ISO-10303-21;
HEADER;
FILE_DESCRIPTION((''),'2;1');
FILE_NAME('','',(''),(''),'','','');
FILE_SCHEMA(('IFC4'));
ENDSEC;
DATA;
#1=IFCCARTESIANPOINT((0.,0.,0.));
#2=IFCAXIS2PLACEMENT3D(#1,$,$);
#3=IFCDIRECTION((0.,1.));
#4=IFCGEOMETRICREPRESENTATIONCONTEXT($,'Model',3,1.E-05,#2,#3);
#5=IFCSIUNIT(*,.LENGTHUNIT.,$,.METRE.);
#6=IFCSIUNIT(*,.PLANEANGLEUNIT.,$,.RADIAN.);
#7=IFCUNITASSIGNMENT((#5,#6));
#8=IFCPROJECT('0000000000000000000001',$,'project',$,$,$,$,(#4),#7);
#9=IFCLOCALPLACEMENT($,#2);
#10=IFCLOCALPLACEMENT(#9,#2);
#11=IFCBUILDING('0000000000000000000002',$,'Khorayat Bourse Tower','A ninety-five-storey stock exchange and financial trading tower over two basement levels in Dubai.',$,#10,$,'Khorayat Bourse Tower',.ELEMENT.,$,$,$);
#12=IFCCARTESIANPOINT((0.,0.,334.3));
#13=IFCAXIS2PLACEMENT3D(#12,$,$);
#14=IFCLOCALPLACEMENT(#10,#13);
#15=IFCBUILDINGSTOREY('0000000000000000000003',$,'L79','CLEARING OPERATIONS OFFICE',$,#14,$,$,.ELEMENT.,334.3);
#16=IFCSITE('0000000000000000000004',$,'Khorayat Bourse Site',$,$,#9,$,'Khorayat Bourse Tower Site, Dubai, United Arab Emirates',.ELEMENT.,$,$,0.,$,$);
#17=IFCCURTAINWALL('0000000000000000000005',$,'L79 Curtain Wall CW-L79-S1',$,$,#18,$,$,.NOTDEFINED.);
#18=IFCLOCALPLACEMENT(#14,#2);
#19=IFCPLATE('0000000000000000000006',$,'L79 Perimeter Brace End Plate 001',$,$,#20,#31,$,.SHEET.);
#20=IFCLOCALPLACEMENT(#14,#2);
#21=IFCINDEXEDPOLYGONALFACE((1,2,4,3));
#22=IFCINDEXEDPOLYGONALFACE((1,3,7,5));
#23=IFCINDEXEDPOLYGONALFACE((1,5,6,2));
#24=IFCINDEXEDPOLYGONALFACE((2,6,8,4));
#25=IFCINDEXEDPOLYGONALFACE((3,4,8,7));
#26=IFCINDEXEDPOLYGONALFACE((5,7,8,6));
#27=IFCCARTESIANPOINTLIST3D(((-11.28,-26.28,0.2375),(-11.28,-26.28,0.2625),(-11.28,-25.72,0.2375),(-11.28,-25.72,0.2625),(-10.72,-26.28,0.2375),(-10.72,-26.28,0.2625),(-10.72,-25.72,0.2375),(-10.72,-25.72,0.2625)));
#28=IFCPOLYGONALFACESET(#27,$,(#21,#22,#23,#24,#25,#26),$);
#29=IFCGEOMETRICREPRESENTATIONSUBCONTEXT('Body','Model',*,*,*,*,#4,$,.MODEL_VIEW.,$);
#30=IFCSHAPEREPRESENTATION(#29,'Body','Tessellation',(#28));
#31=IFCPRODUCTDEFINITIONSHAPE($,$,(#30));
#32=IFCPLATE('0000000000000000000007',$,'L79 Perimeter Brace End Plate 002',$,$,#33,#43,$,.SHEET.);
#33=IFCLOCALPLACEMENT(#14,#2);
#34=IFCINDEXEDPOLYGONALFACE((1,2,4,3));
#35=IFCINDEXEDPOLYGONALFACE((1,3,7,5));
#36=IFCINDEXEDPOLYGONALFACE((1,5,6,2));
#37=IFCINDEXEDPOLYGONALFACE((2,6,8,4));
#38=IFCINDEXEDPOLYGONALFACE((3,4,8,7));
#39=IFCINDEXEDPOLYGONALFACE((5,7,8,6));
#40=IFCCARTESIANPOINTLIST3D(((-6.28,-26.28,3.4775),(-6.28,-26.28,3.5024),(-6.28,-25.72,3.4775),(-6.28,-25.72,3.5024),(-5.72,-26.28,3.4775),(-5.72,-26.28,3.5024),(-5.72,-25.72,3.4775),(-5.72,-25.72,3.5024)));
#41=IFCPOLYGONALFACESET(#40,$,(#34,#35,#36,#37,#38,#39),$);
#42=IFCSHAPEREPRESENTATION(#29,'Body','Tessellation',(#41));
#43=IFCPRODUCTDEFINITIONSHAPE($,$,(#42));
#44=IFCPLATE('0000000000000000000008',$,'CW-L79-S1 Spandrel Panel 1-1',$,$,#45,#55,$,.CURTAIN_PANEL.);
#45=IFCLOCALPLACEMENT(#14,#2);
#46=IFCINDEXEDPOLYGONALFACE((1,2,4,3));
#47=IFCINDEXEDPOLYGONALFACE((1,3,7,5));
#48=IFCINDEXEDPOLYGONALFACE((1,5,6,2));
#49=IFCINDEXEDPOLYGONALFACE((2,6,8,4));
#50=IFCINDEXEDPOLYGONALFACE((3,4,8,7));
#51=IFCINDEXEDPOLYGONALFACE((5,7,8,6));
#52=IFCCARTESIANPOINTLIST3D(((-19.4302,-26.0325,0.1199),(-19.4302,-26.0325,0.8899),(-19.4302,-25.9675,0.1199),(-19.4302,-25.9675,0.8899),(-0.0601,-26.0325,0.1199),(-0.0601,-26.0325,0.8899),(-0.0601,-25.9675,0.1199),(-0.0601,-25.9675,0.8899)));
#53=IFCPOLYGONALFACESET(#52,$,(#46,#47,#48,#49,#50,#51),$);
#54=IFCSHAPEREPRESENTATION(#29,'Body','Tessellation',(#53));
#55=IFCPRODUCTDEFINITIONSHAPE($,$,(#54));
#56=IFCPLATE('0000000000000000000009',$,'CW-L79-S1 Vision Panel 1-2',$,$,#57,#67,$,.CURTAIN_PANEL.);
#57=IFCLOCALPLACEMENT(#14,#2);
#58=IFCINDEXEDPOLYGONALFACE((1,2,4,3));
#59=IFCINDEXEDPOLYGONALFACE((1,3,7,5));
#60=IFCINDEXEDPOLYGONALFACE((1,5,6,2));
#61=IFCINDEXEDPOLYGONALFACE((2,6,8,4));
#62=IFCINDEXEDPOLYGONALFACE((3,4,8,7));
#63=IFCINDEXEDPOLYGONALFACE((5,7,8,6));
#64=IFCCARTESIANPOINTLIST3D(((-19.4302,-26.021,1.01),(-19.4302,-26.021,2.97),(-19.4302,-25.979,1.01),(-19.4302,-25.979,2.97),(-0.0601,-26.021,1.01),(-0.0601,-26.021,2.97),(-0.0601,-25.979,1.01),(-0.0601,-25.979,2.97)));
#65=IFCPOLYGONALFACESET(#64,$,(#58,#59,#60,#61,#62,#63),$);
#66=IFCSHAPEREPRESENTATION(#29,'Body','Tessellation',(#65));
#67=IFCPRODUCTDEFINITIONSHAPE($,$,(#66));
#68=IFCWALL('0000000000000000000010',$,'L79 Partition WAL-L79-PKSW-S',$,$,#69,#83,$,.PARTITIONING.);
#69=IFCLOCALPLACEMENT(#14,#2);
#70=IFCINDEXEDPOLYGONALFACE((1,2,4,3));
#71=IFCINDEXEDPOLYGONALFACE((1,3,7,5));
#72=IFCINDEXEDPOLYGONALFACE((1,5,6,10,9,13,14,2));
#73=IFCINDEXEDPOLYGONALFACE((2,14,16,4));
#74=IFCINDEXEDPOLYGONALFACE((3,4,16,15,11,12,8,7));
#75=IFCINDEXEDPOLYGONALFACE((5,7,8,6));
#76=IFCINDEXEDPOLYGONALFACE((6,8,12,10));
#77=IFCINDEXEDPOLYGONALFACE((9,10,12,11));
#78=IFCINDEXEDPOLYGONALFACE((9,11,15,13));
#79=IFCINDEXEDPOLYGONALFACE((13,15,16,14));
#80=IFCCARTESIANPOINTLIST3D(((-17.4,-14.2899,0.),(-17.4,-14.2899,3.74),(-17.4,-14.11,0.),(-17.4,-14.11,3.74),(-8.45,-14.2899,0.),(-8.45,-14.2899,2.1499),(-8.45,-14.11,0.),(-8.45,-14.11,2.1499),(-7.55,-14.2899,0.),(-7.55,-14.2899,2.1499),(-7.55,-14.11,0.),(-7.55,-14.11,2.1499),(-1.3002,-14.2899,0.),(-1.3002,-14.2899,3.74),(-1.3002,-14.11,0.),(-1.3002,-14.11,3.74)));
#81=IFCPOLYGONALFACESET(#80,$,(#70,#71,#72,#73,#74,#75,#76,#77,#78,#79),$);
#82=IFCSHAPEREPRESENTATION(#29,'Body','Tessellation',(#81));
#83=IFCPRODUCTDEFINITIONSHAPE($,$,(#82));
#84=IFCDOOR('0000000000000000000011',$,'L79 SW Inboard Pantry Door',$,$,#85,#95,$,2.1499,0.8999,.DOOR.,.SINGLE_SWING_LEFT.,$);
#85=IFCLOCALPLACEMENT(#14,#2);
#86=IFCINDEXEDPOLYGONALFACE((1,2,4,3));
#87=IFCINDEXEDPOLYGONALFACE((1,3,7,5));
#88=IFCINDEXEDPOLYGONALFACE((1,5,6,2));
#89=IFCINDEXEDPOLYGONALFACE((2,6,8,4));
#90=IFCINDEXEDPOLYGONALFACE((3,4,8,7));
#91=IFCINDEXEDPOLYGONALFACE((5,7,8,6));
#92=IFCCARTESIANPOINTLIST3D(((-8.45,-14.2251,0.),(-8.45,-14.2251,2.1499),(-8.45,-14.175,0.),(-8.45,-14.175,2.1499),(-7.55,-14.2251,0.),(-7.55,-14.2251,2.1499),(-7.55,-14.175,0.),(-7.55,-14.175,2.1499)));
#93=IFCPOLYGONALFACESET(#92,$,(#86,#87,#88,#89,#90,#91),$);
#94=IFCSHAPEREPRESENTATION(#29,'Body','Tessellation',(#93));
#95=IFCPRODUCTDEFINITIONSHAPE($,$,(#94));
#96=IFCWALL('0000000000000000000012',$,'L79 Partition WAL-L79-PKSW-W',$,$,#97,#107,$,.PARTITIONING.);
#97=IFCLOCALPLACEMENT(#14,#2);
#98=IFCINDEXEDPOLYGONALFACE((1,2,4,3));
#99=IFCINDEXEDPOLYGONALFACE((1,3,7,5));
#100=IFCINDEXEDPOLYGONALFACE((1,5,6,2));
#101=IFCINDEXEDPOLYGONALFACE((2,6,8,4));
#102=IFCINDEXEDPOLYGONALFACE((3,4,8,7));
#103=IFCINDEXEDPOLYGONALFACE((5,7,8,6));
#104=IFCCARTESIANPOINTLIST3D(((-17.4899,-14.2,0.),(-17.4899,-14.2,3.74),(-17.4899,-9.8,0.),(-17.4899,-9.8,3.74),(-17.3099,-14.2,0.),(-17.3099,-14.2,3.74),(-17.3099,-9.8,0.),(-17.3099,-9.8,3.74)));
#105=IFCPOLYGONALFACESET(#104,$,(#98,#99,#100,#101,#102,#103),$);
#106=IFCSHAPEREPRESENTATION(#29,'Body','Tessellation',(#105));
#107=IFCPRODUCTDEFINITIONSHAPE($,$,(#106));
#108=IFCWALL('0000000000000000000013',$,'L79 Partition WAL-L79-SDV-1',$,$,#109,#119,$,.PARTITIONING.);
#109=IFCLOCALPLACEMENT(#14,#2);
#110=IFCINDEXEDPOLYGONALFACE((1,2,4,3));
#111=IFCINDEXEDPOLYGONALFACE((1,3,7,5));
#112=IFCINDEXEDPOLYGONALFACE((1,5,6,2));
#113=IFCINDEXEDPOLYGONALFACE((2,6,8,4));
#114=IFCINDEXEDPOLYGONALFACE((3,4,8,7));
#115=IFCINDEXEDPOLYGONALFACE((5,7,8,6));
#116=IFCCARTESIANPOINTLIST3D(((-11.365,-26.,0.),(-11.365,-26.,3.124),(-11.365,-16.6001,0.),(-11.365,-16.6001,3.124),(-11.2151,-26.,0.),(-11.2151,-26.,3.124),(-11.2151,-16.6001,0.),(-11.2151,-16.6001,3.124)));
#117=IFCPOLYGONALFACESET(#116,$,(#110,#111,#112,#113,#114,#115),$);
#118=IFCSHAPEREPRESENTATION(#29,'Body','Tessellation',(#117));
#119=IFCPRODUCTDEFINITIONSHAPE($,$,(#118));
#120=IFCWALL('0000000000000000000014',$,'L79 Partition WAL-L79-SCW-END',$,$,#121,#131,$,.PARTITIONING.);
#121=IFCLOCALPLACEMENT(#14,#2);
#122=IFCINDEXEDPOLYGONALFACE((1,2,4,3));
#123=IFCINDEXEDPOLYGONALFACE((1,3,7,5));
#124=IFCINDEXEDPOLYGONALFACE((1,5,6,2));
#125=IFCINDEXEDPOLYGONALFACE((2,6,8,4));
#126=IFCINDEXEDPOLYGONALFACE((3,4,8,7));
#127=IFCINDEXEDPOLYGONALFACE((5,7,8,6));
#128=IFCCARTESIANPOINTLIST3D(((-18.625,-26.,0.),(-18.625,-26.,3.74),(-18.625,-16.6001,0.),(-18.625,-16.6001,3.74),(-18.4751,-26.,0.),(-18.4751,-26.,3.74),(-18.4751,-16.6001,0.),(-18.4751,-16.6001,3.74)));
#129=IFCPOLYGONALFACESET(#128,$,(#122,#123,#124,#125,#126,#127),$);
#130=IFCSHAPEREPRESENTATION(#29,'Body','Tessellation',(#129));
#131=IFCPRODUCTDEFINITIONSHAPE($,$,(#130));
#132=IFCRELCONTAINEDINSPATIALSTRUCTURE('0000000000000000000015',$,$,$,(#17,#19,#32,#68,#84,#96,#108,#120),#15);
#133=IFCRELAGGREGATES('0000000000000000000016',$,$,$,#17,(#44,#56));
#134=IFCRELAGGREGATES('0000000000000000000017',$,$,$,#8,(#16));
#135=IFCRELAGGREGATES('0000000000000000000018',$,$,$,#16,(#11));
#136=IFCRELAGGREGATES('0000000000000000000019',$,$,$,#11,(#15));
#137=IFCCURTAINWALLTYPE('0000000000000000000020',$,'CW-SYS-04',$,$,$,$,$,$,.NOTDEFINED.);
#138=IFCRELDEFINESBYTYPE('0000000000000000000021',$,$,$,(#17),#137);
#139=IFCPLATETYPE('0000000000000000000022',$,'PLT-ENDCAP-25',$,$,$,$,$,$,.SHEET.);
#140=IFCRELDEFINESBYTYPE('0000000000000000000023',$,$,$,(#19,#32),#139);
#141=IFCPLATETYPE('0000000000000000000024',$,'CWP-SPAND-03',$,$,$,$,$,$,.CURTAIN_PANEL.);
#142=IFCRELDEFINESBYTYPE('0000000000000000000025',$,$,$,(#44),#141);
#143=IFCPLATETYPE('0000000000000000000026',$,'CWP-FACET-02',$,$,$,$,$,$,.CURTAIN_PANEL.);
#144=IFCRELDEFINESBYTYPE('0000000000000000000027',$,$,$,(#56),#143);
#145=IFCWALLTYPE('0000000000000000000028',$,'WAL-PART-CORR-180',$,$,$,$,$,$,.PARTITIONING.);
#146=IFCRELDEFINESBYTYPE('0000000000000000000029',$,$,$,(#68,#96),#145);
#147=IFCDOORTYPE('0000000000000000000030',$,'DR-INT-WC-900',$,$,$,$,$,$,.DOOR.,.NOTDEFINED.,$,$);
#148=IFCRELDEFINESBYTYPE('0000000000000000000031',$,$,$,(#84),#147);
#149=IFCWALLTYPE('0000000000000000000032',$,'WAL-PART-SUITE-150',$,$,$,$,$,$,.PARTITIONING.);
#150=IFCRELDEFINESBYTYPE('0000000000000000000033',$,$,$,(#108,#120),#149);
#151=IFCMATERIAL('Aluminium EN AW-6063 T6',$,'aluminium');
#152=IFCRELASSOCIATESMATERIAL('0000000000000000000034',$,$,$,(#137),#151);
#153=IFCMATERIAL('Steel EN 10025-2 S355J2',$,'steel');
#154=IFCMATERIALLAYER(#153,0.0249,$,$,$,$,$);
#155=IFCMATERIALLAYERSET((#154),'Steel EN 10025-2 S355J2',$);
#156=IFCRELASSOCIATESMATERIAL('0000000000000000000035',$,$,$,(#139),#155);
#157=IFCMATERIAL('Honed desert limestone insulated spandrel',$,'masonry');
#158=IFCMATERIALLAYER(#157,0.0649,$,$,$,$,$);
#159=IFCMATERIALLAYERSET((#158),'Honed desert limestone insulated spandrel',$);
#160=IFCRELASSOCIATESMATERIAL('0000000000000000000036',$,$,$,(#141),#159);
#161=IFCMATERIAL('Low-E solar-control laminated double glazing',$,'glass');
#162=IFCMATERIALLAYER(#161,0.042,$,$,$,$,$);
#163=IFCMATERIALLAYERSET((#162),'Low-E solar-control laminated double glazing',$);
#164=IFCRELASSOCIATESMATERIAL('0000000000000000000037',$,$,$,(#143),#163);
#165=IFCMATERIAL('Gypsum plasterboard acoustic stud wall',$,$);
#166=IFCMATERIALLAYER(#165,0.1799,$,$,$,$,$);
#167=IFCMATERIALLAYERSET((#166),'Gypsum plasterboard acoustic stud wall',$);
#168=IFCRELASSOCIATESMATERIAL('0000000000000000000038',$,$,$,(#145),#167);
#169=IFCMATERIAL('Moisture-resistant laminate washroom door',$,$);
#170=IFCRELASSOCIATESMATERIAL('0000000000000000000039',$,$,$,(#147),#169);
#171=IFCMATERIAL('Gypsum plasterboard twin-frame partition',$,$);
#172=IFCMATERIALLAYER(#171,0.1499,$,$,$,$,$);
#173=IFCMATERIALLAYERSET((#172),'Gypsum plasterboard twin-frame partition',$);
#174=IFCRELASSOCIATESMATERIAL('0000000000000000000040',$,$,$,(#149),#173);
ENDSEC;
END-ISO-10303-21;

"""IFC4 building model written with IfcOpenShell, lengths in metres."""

from ifc_helpers import new_model, si_unit, direction, frame, frame_2d, origin, origin_2d, place, context, subcontext, project, spatial, rectangle, extrude, source, transform, mapped, material, layer, layer_set, type_object, element, fill, aggregate, save


model = new_model("IFC4")

# Units and contexts
model_context = context("Model", 3, precision=1e-05, world=origin(), true_north=direction((0.0, 1.0)))
body_context = subcontext(model_context, "Body", "Model", "MODEL_VIEW")
ifc_project = project(units=[si_unit("LENGTHUNIT", "METRE"), si_unit("PLANEANGLEUNIT", "RADIAN")], contexts=[model_context])

# Site, building, storey
site_placement = place(None, origin())
site = spatial("IfcSite", under=ifc_project, at=site_placement, Name="Khorayat Bourse Site", LongName="Khorayat Bourse Tower Site, Dubai, United Arab Emirates", CompositionType="ELEMENT", RefElevation=0.0)
building_placement = place(site_placement, origin())
building = spatial("IfcBuilding", under=site, at=building_placement, Name="Khorayat Bourse Tower", Description="A ninety-five-storey stock exchange and financial trading tower over two basement levels in Dubai.", LongName="Khorayat Bourse Tower", CompositionType="ELEMENT")
storey_placement = place(building_placement, frame((0.0, 0.0, 334.3)))
storey = spatial("IfcBuildingStorey", under=building, at=storey_placement, Name="L79", Description="CLEARING OPERATIONS OFFICE", CompositionType="ELEMENT", Elevation=334.3)

# Shared definitions
ifc_material_1 = material(Name="Steel EN 10025-2 S355J2", Category="steel")

# Curtain wall
ifc_material_2 = material(Name="Aluminium EN AW-6063 T6", Category="aluminium")
curtain_wall_type = type_object("IfcCurtainWallType", Name="CW-SYS-04", PredefinedType="NOTDEFINED", material=ifc_material_2)
curtain_wall_placement = place(storey_placement, origin())
curtain_wall = element("IfcCurtainWall", 1, at=curtain_wall_placement, inside=storey, type_object=curtain_wall_type, Name="L79 Curtain Wall CW-L79-S1", PredefinedType="NOTDEFINED")

# Plates
ifc_layer_1 = layer(ifc_material_1, 0.0249)
ifc_layer_set_1 = layer_set([ifc_layer_1], Name="Steel EN 10025-2 S355J2")
plate_type_1 = type_object("IfcPlateType", Name="PLT-ENDCAP-25", PredefinedType="SHEET", material=ifc_layer_set_1)
shared_shape_1 = source(origin(), body_context, "Body", "SweptSolid", [
    extrude(rectangle(XDim=0.5601, YDim=0.5601, at=origin_2d()), origin(), (0.0, 0.0, 1.0), 0.0249),
])
for number, where, z_axis, x_axis, name in (
    (2, (-11.0, -26.0, 0.2375), (0.0, 0.0, 1.0), (1.0, 0.0, 0.0), "L79 Perimeter Brace End Plate 001"),
    (3, (-6.0, -26.0, 3.4775), (0.0, 0.0, 1.0), (1.0, 0.0, 0.0), "L79 Perimeter Brace End Plate 002"),
):
    element("IfcPlate", number, at=place(storey_placement, frame(where, z_axis=z_axis, x_axis=x_axis)), inside=storey, type_object=plate_type_1, Name=name, PredefinedType="SHEET", context=body_context, shape_type="MappedRepresentation", body=[
        mapped(shared_shape_1, transform((0.0, 0.0, 0.0), scale=1.0)),
    ])

# Plates
ifc_material_3 = material(Name="Honed desert limestone insulated spandrel", Category="masonry")
ifc_layer_2 = layer(ifc_material_3, 0.0649)
ifc_layer_set_2 = layer_set([ifc_layer_2], Name="Honed desert limestone insulated spandrel")
plate_type_2 = type_object("IfcPlateType", Name="CWP-SPAND-03", PredefinedType="CURTAIN_PANEL", material=ifc_layer_set_2)
shared_shape_2 = source(origin(), body_context, "Body", "SweptSolid", [
    extrude(rectangle(XDim=19.3701, YDim=0.0649, at=origin_2d()), origin(), (0.0, 0.0, 1.0), 0.77),
])
plate_1_placement = place(storey_placement, frame((-9.7451, -26.0, 0.1199), z_axis=(0.0, 0.0, 1.0), x_axis=(1.0, 0.0, 0.0)))
plate_1 = element("IfcPlate", 4, at=plate_1_placement, type_object=plate_type_2, Name="CW-L79-S1 Spandrel Panel 1-1", PredefinedType="CURTAIN_PANEL", context=body_context, shape_type="MappedRepresentation", body=[
    mapped(shared_shape_2, transform((0.0, 0.0, 0.0), scale=1.0)),
])
ifc_material_4 = material(Name="Low-E solar-control laminated double glazing", Category="glass")
ifc_layer_3 = layer(ifc_material_4, 0.042)
ifc_layer_set_3 = layer_set([ifc_layer_3], Name="Low-E solar-control laminated double glazing")
plate_type_3 = type_object("IfcPlateType", Name="CWP-FACET-02", PredefinedType="CURTAIN_PANEL", material=ifc_layer_set_3)
shared_shape_3 = source(origin(), body_context, "Body", "SweptSolid", [
    extrude(rectangle(XDim=19.3701, YDim=0.042, at=origin_2d()), origin(), (0.0, 0.0, 1.0), 1.96),
])
plate_2_placement = place(storey_placement, frame((-9.7451, -26.0, 1.01), z_axis=(0.0, 0.0, 1.0), x_axis=(1.0, 0.0, 0.0)))
plate_2 = element("IfcPlate", 5, at=plate_2_placement, type_object=plate_type_3, Name="CW-L79-S1 Vision Panel 1-2", PredefinedType="CURTAIN_PANEL", context=body_context, shape_type="MappedRepresentation", body=[
    mapped(shared_shape_3, transform((0.0, 0.0, 0.0), scale=1.0)),
])
aggregate(curtain_wall, [plate_1, plate_2])

# Wall, opening, door
ifc_material_5 = material(Name="Gypsum plasterboard acoustic stud wall")
ifc_layer_4 = layer(ifc_material_5, 0.1799)
ifc_layer_set_4 = layer_set([ifc_layer_4], Name="Gypsum plasterboard acoustic stud wall")
wall_type_1 = type_object("IfcWallType", Name="WAL-PART-CORR-180", PredefinedType="PARTITIONING", material=ifc_layer_set_4)
shared_shape_4 = source(origin(), body_context, "Body", "SweptSolid", [
    extrude(rectangle(XDim=16.0999, YDim=0.1799, at=frame_2d((8.0498, 0.0))), origin(), (0.0, 0.0, 1.0), 3.74),
])
wall_1_placement = place(storey_placement, frame((-17.3999, -14.2, 0.0), z_axis=(0.0, 0.0, 1.0), x_axis=(1.0, 0.0, 0.0)))
wall_1 = element("IfcWall", 6, at=wall_1_placement, inside=storey, type_object=wall_type_1, Name="L79 Partition WAL-L79-PKSW-S", PredefinedType="PARTITIONING", context=body_context, shape_type="MappedRepresentation", body=[
    mapped(shared_shape_4, transform((0.0, 0.0, 0.0), scale=1.0)),
])
shared_shape_5 = source(origin(), body_context, "Body", "SweptSolid", [
    extrude(rectangle(XDim=0.8999, YDim=2.1499, at=frame_2d((0.45, 1.075))), frame((0.0, 0.0999, 0.0), z_axis=(0.0, -1.0, 0.0), x_axis=(1.0, 0.0, 0.0)), (0.0, 0.0, 1.0), 0.2),
])
opening_1_placement = place(wall_1_placement, frame((8.95, 0.0, 0.0)))
opening_1 = element("IfcOpeningElement", 7, at=opening_1_placement, cuts=wall_1, PredefinedType="OPENING", context=body_context, shape_type="MappedRepresentation", body=[
    mapped(shared_shape_5, transform((0.0, 0.0, 0.0), scale=1.0)),
])
ifc_material_6 = material(Name="Moisture-resistant laminate washroom door")
door_type_1 = type_object("IfcDoorType", Name="DR-INT-WC-900", OperationType="NOTDEFINED", PredefinedType="DOOR", material=ifc_material_6)
shared_shape_6 = source(origin(), body_context, "Body", "SweptSolid", [
    extrude(rectangle(XDim=0.8999, YDim=2.1499, at=frame_2d((0.45, 1.075))), frame((0.0, 0.0249, 0.0), z_axis=(0.0, -1.0, 0.0), x_axis=(1.0, 0.0, 0.0)), (0.0, 0.0, 1.0), 0.05),
])
door_1_placement = place(opening_1_placement, origin())
door_1 = element("IfcDoor", 8, at=door_1_placement, inside=storey, type_object=door_type_1, Name="L79 SW Inboard Pantry Door", OperationType="SINGLE_SWING_LEFT", OverallHeight=2.1499, OverallWidth=0.8999, PredefinedType="DOOR", context=body_context, shape_type="MappedRepresentation", body=[
    mapped(shared_shape_6, transform((0.0, 0.0, 0.0), scale=1.0)),
])
fill(opening_1, door_1)

# Walls
shared_shape_7 = source(origin(), body_context, "Body", "SweptSolid", [
    extrude(rectangle(XDim=4.3999, YDim=0.1799, at=frame_2d((2.2, 0.0))), origin(), (0.0, 0.0, 1.0), 3.74),
])
wall_2_placement = place(storey_placement, frame((-17.3999, -14.2, 0.0), z_axis=(0.0, 0.0, 1.0), x_axis=(0.0, 1.0, 0.0)))
element("IfcWall", 9, at=wall_2_placement, inside=storey, type_object=wall_type_1, Name="L79 Partition WAL-L79-PKSW-W", PredefinedType="PARTITIONING", context=body_context, shape_type="MappedRepresentation", body=[
    mapped(shared_shape_7, transform((0.0, 0.0, 0.0), scale=1.0)),
])
ifc_material_7 = material(Name="Gypsum plasterboard twin-frame partition")
ifc_layer_5 = layer(ifc_material_7, 0.1499)
ifc_layer_set_5 = layer_set([ifc_layer_5], Name="Gypsum plasterboard twin-frame partition")
wall_type_2 = type_object("IfcWallType", Name="WAL-PART-SUITE-150", PredefinedType="PARTITIONING", material=ifc_layer_set_5)
shared_shape_8 = source(origin(), body_context, "Body", "SweptSolid", [
    extrude(rectangle(XDim=9.3999, YDim=0.1499, at=frame_2d((4.7, 0.0))), origin(), (0.0, 0.0, 1.0), 3.124),
])
wall_3_placement = place(storey_placement, frame((-11.29, -26.0, 0.0), z_axis=(0.0, 0.0, 1.0), x_axis=(0.0, 1.0, 0.0)))
element("IfcWall", 10, at=wall_3_placement, inside=storey, type_object=wall_type_2, Name="L79 Partition WAL-L79-SDV-1", PredefinedType="PARTITIONING", context=body_context, shape_type="MappedRepresentation", body=[
    mapped(shared_shape_8, transform((0.0, 0.0, 0.0), scale=1.0)),
])
shared_shape_9 = source(origin(), body_context, "Body", "SweptSolid", [
    extrude(rectangle(XDim=9.3999, YDim=0.1499, at=frame_2d((4.7, 0.0))), origin(), (0.0, 0.0, 1.0), 3.74),
])
wall_4_placement = place(storey_placement, frame((-18.55, -26.0, 0.0), z_axis=(0.0, 0.0, 1.0), x_axis=(0.0, 1.0, 0.0)))
element("IfcWall", 11, at=wall_4_placement, inside=storey, type_object=wall_type_2, Name="L79 Partition WAL-L79-SCW-END", PredefinedType="PARTITIONING", context=body_context, shape_type="MappedRepresentation", body=[
    mapped(shared_shape_9, transform((0.0, 0.0, 0.0), scale=1.0)),
])

save(model, "model.ifc")
